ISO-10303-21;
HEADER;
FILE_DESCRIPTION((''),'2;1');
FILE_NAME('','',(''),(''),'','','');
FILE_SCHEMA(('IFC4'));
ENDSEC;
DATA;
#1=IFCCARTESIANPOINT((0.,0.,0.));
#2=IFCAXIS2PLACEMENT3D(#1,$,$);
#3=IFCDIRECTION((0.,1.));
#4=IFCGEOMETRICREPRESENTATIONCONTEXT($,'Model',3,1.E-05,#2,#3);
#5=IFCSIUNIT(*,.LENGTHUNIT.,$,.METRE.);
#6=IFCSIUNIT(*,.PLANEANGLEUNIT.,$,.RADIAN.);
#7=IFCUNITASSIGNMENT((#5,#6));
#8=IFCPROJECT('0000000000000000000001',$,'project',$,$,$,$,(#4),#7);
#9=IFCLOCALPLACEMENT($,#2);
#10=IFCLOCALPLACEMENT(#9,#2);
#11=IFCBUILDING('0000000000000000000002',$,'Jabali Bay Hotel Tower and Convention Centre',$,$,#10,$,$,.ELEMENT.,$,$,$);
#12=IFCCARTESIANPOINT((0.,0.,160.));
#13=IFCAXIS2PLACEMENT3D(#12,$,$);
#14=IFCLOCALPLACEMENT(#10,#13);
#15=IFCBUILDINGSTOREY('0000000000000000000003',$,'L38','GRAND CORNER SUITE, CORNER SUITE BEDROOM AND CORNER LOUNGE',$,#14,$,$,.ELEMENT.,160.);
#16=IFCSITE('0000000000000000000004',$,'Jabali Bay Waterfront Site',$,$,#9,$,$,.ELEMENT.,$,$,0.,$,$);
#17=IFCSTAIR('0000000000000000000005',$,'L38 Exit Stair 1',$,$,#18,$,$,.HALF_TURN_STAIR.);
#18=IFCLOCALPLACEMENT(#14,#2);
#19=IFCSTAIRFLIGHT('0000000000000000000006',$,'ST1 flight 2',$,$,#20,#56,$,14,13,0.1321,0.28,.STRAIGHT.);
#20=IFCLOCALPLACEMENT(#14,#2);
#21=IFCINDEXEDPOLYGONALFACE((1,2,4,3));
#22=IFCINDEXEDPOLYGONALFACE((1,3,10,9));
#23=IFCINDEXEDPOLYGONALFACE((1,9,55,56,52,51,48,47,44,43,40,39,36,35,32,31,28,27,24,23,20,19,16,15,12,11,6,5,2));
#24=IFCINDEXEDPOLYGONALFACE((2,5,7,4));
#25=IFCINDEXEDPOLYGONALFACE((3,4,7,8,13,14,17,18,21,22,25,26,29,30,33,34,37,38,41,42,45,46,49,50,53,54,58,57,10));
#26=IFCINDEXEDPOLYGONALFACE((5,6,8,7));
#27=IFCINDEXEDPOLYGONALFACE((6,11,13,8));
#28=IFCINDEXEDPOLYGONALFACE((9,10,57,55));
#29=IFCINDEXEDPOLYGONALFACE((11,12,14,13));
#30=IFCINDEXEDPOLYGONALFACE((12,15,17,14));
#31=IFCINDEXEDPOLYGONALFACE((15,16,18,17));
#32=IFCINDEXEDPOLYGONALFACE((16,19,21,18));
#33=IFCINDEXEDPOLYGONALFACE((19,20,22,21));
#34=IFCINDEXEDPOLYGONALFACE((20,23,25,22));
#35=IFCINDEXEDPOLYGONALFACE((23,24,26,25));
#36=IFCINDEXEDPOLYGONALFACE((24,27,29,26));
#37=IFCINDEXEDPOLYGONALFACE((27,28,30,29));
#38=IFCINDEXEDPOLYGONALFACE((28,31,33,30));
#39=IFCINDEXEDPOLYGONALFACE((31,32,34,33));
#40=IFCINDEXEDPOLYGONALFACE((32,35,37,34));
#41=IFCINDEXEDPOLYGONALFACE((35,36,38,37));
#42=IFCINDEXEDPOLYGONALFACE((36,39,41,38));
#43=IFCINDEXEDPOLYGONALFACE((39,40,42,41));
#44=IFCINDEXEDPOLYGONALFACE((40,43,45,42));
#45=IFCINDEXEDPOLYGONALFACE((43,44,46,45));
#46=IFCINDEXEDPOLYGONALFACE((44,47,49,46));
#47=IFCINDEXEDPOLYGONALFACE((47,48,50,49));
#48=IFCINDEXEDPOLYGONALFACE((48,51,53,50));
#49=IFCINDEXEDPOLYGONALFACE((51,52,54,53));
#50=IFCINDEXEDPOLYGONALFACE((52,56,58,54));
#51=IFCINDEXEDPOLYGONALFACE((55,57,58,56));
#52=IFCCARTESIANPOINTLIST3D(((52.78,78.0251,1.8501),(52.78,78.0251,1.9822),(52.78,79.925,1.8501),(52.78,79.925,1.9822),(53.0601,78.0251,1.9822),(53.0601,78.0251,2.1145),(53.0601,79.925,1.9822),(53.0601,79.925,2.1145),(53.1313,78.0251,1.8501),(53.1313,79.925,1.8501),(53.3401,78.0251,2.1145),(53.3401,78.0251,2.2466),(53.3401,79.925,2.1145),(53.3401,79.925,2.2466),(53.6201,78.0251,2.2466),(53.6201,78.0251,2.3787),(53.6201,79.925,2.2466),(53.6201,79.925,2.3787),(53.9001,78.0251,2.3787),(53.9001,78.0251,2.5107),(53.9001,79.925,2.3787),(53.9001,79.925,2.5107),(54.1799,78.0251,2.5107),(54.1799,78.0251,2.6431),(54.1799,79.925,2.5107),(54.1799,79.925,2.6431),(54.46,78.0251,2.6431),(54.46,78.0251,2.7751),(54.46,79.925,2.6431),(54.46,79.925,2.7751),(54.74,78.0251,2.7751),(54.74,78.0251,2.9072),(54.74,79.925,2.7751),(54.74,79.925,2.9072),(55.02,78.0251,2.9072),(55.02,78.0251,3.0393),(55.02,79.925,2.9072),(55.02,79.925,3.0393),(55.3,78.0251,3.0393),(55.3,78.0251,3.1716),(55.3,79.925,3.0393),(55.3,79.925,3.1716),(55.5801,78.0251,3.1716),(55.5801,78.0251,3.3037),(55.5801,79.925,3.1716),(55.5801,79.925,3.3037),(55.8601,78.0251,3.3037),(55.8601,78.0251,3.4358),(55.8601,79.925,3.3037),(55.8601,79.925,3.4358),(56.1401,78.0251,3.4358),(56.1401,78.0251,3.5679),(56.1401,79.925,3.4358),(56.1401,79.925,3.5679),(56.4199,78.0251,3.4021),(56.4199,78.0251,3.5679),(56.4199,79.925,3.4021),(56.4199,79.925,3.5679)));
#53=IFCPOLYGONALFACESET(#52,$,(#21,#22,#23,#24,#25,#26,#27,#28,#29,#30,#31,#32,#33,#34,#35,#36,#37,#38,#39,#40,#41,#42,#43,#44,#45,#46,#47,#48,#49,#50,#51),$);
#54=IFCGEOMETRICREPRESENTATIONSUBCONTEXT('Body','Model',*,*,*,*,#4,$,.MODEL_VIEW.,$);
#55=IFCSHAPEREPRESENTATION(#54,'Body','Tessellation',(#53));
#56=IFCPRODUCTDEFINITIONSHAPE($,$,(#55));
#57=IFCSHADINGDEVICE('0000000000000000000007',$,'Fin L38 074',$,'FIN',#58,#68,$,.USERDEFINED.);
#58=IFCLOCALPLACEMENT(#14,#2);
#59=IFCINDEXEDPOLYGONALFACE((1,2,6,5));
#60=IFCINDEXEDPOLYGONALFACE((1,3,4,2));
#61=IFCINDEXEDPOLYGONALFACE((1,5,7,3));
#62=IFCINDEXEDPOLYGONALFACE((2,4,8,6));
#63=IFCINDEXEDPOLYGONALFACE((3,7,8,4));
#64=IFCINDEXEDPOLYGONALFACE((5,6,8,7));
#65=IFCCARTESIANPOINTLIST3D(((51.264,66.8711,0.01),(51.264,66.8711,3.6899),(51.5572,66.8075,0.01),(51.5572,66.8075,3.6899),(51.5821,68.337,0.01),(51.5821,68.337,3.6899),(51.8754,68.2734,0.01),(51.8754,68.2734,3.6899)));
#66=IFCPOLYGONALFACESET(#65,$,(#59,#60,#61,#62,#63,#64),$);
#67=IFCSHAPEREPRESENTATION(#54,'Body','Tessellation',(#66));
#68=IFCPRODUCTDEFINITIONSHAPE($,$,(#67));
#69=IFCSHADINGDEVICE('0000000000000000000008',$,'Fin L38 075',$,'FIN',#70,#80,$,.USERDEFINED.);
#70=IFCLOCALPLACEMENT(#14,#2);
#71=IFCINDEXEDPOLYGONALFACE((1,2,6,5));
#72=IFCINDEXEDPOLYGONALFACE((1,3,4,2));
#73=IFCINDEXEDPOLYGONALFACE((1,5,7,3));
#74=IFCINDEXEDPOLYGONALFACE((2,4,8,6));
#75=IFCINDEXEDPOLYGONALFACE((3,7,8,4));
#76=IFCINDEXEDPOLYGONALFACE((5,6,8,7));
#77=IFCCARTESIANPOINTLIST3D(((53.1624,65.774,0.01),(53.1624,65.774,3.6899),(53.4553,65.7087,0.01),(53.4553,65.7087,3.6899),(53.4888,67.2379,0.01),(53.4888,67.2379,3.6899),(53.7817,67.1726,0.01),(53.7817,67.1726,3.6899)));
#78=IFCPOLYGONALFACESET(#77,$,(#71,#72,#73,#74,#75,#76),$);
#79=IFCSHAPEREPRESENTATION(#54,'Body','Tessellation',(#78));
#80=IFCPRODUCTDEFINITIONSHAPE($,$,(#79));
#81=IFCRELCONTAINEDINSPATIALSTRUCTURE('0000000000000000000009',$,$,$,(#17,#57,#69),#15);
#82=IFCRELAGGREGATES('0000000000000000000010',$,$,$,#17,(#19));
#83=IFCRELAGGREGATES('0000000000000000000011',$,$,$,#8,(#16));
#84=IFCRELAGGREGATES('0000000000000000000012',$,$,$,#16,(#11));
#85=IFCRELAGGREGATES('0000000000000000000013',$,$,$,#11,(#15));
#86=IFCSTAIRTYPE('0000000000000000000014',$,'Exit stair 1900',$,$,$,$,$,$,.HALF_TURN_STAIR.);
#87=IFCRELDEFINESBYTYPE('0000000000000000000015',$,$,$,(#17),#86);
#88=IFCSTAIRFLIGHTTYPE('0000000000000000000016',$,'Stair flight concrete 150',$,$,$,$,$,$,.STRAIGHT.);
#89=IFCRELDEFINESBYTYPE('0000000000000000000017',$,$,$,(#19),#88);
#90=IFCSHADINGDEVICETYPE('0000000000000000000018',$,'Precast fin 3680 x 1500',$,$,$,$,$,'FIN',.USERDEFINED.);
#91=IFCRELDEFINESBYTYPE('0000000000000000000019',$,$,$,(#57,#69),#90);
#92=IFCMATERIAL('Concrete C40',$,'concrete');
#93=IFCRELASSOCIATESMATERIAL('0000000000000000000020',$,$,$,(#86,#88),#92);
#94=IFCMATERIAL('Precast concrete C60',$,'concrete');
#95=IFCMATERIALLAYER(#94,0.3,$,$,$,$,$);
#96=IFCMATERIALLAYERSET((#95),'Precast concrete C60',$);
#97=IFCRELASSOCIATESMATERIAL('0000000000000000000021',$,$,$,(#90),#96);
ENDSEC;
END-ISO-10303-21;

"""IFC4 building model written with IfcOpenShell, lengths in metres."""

from ifc_helpers import new_model, si_unit, direction, frame, frame_2d, origin, place, context, subcontext, project, spatial, polyline, rectangle, outline, extrude, material, layer, layer_set, type_object, element, aggregate, save


model = new_model("IFC4")

# Units and contexts
model_context = context("Model", 3, precision=1e-05, world=origin(), true_north=direction((0.0, 1.0)))
body_context = subcontext(model_context, "Body", "Model", "MODEL_VIEW")
ifc_project = project(units=[si_unit("LENGTHUNIT", "METRE"), si_unit("PLANEANGLEUNIT", "RADIAN")], contexts=[model_context])

# Site, building, storey
site_placement = place(None, origin())
site = spatial("IfcSite", under=ifc_project, at=site_placement, Name="Jabali Bay Waterfront Site", CompositionType="ELEMENT", RefElevation=0.0)
building_placement = place(site_placement, origin())
building = spatial("IfcBuilding", under=site, at=building_placement, Name="Jabali Bay Hotel Tower and Convention Centre", CompositionType="ELEMENT")
storey_placement = place(building_placement, frame((0.0, 0.0, 160.0)))
storey = spatial("IfcBuildingStorey", under=building, at=storey_placement, Name="L38", Description="GRAND CORNER SUITE, CORNER SUITE BEDROOM AND CORNER LOUNGE", CompositionType="ELEMENT", Elevation=160.0)

# Shared definitions
ifc_material_1 = material(Name="Concrete C40", Category="concrete")

# Stair, stair flight
stair_type = type_object("IfcStairType", Name="Exit stair 1900", PredefinedType="HALF_TURN_STAIR", material=ifc_material_1)
stair_placement = place(storey_placement, origin())
stair = element("IfcStair", 1, at=stair_placement, inside=storey, type_object=stair_type, Name="L38 Exit Stair 1", PredefinedType="HALF_TURN_STAIR")
stair_flight_type = type_object("IfcStairFlightType", Name="Stair flight concrete 150", PredefinedType="STRAIGHT", material=ifc_material_1)
stair_flight_placement = place(storey_placement, frame((52.78, 78.9751, 1.8501), z_axis=(0.0, 0.0, 1.0), x_axis=(1.0, 0.0, 0.0)))
stair_flight = element("IfcStairFlight", 2, at=stair_flight_placement, type_object=stair_flight_type, Name="ST1 flight 2", NumberOfRisers=14, NumberOfTreads=13, PredefinedType="STRAIGHT", RiserHeight=0.1321, TreadLength=0.28, context=body_context, shape_type="SweptSolid", body=[
    extrude(outline(polyline([(0.0, 0.0), (0.0, 0.1321), (0.28, 0.1321), (0.28, 0.2644), (0.5601, 0.2644), (0.5601, 0.3965), (0.8401, 0.3965), (0.8401, 0.5286), (1.1201, 0.5286), (1.1201, 0.6606), (1.3999, 0.6606), (1.3999, 0.793), (1.6799, 0.793), (1.6799, 0.925), (1.96, 0.925), (1.96, 1.0571), (2.24, 1.0571), (2.24, 1.1892), (2.52, 1.1892), (2.52, 1.3215), (2.8, 1.3215), (2.8, 1.4536), (3.0801, 1.4536), (3.0801, 1.5857), (3.3601, 1.5857), (3.3601, 1.7178), (3.6399, 1.7178), (3.6399, 1.8501), (3.6399, 1.552), (0.3513, 0.0), (0.0, 0.0)])), frame((0.0, 0.95, 0.0), z_axis=(0.0, -1.0, 0.0), x_axis=(1.0, 0.0, 0.0)), (0.0, 0.0, 1.0), 1.8999),
])
aggregate(stair, [stair_flight])

# Shading devices
ifc_material_2 = material(Name="Precast concrete C60", Category="concrete")
ifc_layer_1 = layer(ifc_material_2, 0.3)
ifc_layer_set_1 = layer_set([ifc_layer_1], Name="Precast concrete C60")
shading_device_type = type_object("IfcShadingDeviceType", Name="Precast fin 3680 x 1500", ElementType="FIN", PredefinedType="USERDEFINED", material=ifc_layer_set_1)
shading_device_1_placement = place(storey_placement, frame((51.7288, 68.3052, 0.01), z_axis=(0.0, 0.0, 1.0), x_axis=(-0.212085, -0.977251, 0.0)))
element("IfcShadingDevice", 3, at=shading_device_1_placement, inside=storey, type_object=shading_device_type, Name="Fin L38 074", ObjectType="FIN", PredefinedType="USERDEFINED", context=body_context, shape_type="SweptSolid", body=[
    extrude(rectangle(XDim=1.5, YDim=0.3, at=frame_2d((0.75, 0.0))), origin(), (0.0, 0.0, 1.0), 3.6799),
])
shading_device_2_placement = place(storey_placement, frame((53.6353, 67.2053, 0.01), z_axis=(0.0, 0.0, 1.0), x_axis=(-0.217637, -0.97603, 0.0)))
element("IfcShadingDevice", 4, at=shading_device_2_placement, inside=storey, type_object=shading_device_type, Name="Fin L38 075", ObjectType="FIN", PredefinedType="USERDEFINED", context=body_context, shape_type="SweptSolid", body=[
    extrude(rectangle(XDim=1.4998, YDim=0.3, at=frame_2d((0.75, 0.0))), origin(), (0.0, 0.0, 1.0), 3.6799),
])

save(model, "model.ifc")
